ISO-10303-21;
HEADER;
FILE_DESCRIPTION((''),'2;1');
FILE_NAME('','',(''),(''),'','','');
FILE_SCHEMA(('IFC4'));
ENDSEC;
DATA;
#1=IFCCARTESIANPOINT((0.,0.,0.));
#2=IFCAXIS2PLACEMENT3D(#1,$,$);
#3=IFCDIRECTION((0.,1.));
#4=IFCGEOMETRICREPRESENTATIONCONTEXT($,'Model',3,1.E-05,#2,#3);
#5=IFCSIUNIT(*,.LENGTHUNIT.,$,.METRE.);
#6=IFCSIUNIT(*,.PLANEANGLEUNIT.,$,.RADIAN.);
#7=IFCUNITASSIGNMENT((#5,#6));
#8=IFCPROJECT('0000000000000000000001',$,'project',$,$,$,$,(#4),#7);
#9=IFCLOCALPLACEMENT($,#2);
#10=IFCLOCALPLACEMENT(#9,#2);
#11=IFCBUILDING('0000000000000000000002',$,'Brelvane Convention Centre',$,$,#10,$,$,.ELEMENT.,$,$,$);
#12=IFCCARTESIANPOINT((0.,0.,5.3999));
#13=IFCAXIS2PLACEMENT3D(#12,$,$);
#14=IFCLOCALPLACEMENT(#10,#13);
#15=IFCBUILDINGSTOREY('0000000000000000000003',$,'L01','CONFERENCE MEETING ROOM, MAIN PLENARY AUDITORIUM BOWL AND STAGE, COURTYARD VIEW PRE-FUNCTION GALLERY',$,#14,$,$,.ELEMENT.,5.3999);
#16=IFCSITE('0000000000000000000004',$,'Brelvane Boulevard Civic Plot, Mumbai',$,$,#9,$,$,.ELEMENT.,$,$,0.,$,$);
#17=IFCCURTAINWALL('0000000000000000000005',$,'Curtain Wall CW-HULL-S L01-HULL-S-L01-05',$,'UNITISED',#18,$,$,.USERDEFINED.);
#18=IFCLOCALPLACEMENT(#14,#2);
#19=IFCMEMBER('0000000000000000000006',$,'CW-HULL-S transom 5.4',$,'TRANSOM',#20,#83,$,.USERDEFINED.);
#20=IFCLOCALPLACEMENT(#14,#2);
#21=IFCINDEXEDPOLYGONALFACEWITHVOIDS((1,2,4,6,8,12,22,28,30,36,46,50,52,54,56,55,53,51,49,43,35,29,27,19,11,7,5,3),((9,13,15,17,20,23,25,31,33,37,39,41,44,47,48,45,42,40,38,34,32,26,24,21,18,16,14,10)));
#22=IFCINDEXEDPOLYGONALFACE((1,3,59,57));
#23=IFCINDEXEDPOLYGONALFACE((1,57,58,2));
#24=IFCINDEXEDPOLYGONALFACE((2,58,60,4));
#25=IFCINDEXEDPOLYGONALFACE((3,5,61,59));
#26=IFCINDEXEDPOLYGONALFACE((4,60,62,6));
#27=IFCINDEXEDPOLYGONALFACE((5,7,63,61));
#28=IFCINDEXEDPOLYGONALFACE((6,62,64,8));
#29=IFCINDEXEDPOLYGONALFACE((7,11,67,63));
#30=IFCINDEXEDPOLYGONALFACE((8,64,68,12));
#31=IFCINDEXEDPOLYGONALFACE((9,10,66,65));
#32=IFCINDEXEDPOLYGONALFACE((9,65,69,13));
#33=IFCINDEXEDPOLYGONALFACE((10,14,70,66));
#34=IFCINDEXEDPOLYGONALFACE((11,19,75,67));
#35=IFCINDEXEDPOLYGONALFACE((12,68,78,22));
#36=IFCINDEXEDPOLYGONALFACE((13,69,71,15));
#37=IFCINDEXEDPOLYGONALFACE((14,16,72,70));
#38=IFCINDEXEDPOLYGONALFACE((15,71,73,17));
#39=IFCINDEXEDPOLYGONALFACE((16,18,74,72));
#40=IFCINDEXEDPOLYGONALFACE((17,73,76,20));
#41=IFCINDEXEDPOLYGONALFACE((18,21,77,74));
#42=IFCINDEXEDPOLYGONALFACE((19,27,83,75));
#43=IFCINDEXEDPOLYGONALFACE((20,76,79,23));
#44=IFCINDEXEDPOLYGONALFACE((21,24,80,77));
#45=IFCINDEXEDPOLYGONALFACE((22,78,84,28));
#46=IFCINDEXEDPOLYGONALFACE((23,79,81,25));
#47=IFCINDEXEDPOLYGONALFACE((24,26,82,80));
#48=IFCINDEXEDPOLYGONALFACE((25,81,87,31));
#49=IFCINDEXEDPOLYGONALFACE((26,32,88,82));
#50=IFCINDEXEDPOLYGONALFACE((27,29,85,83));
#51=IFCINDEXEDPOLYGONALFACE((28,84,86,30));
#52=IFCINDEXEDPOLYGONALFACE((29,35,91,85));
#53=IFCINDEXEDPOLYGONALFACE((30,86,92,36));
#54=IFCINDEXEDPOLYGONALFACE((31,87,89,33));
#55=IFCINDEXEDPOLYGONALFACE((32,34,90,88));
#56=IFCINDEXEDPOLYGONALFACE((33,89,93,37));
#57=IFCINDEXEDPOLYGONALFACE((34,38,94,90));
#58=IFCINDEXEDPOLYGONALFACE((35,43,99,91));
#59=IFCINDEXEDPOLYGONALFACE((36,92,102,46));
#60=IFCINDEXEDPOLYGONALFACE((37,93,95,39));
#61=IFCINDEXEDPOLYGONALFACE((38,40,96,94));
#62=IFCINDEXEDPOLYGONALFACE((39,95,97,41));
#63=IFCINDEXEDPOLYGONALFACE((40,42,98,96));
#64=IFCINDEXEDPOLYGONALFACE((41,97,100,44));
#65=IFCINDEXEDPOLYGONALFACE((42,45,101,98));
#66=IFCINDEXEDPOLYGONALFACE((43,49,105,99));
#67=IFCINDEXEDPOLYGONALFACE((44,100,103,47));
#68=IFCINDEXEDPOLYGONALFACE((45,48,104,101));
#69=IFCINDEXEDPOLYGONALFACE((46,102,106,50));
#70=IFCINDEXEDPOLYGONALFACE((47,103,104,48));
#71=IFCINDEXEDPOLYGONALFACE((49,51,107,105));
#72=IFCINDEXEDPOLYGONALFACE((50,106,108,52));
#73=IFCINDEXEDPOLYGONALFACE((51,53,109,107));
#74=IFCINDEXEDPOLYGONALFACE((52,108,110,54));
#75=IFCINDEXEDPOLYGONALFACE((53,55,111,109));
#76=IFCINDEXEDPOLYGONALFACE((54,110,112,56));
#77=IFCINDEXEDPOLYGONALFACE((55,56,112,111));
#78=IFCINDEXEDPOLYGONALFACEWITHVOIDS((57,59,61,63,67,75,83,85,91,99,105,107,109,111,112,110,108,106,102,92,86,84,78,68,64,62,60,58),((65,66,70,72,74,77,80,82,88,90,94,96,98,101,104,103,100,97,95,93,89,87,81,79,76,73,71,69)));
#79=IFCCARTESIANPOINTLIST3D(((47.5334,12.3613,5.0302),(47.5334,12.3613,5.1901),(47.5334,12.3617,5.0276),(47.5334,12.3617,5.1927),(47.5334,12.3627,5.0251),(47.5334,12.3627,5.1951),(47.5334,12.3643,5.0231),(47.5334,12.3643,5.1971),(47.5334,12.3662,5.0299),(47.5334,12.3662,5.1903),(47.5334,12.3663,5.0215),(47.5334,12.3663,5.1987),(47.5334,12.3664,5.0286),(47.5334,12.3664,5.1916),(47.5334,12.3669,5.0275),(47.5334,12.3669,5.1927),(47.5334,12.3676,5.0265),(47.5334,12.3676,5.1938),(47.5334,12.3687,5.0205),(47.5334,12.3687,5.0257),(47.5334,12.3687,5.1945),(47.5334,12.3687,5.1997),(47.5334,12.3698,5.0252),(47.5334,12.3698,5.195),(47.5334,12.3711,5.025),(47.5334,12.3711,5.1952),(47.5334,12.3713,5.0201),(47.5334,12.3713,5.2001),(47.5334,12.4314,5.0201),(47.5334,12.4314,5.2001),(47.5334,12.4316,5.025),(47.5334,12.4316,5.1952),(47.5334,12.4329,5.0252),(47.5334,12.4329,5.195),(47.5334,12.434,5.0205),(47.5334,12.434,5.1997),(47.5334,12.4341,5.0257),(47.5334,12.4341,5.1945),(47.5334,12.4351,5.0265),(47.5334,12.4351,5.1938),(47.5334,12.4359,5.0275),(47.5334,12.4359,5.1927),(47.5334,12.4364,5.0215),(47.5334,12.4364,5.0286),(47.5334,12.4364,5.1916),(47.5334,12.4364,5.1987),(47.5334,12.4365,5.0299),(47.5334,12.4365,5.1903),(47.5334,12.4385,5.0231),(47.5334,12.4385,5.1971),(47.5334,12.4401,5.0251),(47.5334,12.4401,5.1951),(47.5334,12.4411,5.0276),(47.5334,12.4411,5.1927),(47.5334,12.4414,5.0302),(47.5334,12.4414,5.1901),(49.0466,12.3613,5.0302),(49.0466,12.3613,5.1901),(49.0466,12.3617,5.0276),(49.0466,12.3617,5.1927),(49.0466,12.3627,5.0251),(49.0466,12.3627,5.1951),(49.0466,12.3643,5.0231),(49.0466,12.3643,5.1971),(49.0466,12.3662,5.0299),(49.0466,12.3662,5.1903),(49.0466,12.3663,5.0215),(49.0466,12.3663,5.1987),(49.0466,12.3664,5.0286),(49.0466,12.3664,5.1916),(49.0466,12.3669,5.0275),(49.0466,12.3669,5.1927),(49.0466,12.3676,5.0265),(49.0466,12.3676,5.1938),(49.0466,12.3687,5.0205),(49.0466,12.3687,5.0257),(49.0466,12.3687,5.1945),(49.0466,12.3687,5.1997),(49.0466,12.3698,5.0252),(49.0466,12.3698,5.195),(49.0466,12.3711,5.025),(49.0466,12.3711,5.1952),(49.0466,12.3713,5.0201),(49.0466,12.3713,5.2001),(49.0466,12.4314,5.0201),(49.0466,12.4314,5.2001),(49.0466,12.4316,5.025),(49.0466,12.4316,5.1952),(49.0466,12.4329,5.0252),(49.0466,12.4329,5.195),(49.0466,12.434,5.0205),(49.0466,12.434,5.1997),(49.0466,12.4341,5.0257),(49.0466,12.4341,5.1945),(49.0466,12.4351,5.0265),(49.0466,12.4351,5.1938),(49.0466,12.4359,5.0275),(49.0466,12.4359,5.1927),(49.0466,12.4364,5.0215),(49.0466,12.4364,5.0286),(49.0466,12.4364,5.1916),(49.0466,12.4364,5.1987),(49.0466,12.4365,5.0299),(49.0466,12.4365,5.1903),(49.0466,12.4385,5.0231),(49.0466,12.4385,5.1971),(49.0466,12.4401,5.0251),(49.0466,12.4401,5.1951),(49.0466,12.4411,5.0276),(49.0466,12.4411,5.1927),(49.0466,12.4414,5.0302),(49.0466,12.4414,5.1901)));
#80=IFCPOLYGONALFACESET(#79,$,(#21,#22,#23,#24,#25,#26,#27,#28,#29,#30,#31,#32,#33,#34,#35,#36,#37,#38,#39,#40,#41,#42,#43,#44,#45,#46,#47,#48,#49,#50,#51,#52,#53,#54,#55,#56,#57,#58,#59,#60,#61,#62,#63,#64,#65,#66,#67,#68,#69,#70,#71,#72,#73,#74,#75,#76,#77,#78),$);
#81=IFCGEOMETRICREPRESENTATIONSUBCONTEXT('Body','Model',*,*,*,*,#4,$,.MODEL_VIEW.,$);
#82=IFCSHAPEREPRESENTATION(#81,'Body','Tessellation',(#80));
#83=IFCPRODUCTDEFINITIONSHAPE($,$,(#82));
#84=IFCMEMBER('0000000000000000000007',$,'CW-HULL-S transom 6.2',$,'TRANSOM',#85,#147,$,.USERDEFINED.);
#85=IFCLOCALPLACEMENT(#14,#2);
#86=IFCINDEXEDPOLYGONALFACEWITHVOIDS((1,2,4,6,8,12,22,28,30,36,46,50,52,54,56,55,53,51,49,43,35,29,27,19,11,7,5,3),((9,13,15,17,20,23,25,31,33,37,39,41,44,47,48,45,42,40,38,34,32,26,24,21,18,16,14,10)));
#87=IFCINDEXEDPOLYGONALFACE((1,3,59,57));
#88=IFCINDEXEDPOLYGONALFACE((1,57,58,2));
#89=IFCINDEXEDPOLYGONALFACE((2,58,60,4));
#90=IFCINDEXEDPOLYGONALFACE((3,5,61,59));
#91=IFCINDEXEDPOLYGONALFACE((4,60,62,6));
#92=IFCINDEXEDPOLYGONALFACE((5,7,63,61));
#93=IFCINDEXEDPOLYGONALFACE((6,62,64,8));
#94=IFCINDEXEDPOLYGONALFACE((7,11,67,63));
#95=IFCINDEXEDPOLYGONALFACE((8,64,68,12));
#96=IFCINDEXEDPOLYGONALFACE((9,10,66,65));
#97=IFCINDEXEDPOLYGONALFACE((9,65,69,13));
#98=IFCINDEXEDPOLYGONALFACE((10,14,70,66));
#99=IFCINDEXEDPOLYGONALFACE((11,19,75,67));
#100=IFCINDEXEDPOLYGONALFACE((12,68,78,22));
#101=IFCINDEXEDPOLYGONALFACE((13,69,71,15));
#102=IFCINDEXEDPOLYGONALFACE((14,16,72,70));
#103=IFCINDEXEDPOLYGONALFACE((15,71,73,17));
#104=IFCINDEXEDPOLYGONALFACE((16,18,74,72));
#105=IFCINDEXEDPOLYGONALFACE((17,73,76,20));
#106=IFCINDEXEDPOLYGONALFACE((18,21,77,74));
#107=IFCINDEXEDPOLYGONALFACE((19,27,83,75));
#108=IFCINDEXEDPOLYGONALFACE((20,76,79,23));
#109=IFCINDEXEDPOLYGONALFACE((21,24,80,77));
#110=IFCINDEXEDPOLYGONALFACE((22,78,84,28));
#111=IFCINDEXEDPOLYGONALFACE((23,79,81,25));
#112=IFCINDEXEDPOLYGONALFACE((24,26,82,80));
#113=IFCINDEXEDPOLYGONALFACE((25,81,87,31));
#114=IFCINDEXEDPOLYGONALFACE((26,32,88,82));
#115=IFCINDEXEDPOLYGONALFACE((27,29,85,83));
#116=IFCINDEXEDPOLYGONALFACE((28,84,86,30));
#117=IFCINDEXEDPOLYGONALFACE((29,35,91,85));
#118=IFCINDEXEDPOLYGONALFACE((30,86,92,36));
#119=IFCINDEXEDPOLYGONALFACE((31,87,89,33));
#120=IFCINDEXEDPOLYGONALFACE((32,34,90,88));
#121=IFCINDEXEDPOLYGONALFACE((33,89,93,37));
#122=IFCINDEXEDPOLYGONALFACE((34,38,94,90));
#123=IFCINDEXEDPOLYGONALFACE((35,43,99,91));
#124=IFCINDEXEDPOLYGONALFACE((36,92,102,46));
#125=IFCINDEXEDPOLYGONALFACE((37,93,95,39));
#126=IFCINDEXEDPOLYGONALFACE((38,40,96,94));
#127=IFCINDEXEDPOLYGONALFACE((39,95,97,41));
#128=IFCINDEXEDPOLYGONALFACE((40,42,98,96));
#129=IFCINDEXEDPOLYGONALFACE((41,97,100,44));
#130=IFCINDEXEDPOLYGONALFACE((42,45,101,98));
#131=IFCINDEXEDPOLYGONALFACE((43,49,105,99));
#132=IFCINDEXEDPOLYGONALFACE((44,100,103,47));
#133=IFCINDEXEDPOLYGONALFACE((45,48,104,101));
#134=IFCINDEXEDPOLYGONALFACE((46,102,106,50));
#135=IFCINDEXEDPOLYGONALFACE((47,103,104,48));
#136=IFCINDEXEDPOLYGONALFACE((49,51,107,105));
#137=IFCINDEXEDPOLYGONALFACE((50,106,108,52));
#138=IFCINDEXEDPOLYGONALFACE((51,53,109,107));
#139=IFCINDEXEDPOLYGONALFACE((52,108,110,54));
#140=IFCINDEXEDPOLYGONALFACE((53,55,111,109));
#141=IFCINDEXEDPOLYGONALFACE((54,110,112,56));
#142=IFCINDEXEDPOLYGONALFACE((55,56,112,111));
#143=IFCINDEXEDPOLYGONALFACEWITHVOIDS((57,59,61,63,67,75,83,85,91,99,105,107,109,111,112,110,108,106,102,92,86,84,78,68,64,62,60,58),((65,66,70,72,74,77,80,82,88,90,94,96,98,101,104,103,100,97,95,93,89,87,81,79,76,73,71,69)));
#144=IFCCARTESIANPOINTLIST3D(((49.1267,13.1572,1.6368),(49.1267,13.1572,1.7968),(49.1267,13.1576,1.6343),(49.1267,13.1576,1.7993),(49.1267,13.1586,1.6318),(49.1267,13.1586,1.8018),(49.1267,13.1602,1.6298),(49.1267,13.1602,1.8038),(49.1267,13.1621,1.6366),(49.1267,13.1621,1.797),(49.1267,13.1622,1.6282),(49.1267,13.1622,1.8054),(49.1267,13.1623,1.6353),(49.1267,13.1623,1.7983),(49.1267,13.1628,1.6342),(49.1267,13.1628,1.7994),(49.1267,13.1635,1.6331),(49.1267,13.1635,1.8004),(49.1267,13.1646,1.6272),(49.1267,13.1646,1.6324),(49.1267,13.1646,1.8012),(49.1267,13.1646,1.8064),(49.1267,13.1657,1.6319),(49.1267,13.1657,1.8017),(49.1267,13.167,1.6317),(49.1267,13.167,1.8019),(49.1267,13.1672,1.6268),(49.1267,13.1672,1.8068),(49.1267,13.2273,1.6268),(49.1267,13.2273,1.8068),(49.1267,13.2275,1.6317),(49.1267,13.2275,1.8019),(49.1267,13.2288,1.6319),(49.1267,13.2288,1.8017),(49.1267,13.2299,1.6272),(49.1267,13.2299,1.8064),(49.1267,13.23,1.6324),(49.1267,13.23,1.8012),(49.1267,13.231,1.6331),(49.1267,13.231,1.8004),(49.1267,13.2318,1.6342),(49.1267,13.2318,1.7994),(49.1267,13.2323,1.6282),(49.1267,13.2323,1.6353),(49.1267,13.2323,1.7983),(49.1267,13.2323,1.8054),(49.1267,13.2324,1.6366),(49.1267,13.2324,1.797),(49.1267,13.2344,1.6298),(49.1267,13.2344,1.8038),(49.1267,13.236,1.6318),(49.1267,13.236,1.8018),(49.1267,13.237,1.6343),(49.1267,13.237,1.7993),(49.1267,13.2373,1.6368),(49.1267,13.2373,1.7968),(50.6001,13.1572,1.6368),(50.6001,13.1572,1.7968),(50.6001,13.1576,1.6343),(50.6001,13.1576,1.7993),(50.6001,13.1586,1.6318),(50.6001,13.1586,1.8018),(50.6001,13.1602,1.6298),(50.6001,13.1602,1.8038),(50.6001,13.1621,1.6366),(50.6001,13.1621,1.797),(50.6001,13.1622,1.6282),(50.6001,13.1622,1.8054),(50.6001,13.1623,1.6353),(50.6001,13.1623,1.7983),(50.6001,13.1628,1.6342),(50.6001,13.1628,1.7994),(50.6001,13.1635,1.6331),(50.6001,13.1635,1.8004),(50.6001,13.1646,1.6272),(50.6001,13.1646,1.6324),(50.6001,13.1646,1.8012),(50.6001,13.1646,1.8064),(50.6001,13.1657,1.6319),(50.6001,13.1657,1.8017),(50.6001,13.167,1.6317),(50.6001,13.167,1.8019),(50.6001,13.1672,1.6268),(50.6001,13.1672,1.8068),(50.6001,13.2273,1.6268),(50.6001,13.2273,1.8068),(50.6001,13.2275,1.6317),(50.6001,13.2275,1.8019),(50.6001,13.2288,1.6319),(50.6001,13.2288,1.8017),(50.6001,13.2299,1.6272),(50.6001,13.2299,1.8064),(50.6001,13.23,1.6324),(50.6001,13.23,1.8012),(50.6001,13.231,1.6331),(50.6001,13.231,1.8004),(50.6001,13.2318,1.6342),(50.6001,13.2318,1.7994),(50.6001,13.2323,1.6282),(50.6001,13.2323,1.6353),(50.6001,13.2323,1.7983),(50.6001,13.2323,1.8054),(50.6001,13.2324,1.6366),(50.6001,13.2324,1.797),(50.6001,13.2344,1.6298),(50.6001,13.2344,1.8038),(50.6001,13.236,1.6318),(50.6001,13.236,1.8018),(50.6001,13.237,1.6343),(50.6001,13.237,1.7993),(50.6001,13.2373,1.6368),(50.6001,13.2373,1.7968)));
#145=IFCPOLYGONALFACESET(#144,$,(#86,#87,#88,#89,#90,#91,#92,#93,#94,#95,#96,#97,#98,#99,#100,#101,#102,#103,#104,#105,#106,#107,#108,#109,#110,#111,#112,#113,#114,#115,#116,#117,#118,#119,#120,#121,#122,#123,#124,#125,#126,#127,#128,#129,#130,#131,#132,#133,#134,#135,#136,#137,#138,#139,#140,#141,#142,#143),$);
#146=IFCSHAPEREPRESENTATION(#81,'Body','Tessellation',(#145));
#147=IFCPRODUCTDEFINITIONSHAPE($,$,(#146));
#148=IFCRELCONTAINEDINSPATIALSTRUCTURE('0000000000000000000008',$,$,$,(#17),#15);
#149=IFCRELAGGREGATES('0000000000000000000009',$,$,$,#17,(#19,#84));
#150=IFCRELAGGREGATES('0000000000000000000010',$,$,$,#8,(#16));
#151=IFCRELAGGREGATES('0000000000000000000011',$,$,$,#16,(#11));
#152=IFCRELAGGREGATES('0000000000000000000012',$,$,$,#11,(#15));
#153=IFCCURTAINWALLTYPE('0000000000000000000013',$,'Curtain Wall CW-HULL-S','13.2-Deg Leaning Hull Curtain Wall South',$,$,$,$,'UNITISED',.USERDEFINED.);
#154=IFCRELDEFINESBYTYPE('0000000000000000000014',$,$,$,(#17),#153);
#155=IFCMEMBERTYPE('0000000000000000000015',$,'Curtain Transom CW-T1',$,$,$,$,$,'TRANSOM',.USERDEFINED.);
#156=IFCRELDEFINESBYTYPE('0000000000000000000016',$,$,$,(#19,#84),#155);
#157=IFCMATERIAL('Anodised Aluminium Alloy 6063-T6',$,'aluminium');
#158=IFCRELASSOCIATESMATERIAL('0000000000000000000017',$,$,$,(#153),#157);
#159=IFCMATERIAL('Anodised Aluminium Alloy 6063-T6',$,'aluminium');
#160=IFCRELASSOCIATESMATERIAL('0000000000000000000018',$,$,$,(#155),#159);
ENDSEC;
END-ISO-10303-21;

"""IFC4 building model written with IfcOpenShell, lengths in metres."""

from ifc_helpers import new_model, si_unit, direction, frame, origin, origin_2d, place, context, subcontext, project, spatial, hollow_rectangle, extrude, material, material_profile, profile_set, type_object, element, aggregate, save


model = new_model("IFC4")

# Units and contexts
model_context = context("Model", 3, precision=1e-05, world=origin(), true_north=direction((0.0, 1.0)))
body_context = subcontext(model_context, "Body", "Model", "MODEL_VIEW")
ifc_project = project(units=[si_unit("LENGTHUNIT", "METRE"), si_unit("PLANEANGLEUNIT", "RADIAN")], contexts=[model_context])

# Site, building, storey
site_placement = place(None, origin())
site = spatial("IfcSite", under=ifc_project, at=site_placement, Name="Brelvane Boulevard Civic Plot, Mumbai", CompositionType="ELEMENT", RefElevation=0.0)
building_placement = place(site_placement, origin())
building = spatial("IfcBuilding", under=site, at=building_placement, Name="Brelvane Convention Centre", CompositionType="ELEMENT")
storey_placement = place(building_placement, frame((0.0, 0.0, 5.3999)))
storey = spatial("IfcBuildingStorey", under=building, at=storey_placement, Name="L01", Description="CONFERENCE MEETING ROOM, MAIN PLENARY AUDITORIUM BOWL AND STAGE, COURTYARD VIEW PRE-FUNCTION GALLERY", CompositionType="ELEMENT", Elevation=5.3999)

# Curtain wall, members
ifc_material_1 = material(Name="Anodised Aluminium Alloy 6063-T6", Category="aluminium")
curtain_wall_type = type_object("IfcCurtainWallType", Name="Curtain Wall CW-HULL-S", Description="13.2-Deg Leaning Hull Curtain Wall South", ElementType="UNITISED", PredefinedType="USERDEFINED", material=ifc_material_1)
curtain_wall_1_placement = place(storey_placement, origin())
curtain_wall_1 = element("IfcCurtainWall", 1, at=curtain_wall_1_placement, inside=storey, type_object=curtain_wall_type, Name="Curtain Wall CW-HULL-S L01-HULL-S-L01-05", ObjectType="UNITISED", PredefinedType="USERDEFINED")
ifc_material_2 = material(Name="Anodised Aluminium Alloy 6063-T6", Category="aluminium")
ifc_material_profile = material_profile(ifc_material_2, hollow_rectangle(XDim=0.0801, YDim=0.1799, WallThickness=0.0049, InnerFilletRadius=0.0049, OuterFilletRadius=0.01, at=origin_2d()), Name="ALU-T 180x80x5.0")
ifc_profile_set = profile_set([ifc_material_profile], Name="Anodised Aluminium Alloy 6063-T6")
member_type = type_object("IfcMemberType", Name="Curtain Transom CW-T1", ElementType="TRANSOM", PredefinedType="USERDEFINED", material=ifc_profile_set)
member_1_placement = place(storey_placement, frame((47.5334, 12.4014, 5.1101), z_axis=(1.0, 0.0, 0.0), x_axis=(0.0, 1.0, 0.0)))
member_1 = element("IfcMember", 2, at=member_1_placement, type_object=member_type, Name="CW-HULL-S transom 5.4", ObjectType="TRANSOM", PredefinedType="USERDEFINED", context=body_context, shape_type="SweptSolid", body=[
    extrude(hollow_rectangle(XDim=0.0801, YDim=0.1799, WallThickness=0.0049, InnerFilletRadius=0.0049, OuterFilletRadius=0.01, at=origin_2d()), origin(), (0.0, 0.0, 1.0), 1.5132),
])
member_2_placement = place(storey_placement, frame((49.1267, 13.1973, 1.7168), z_axis=(1.0, 0.0, 0.0), x_axis=(0.0, 1.0, 0.0)))
member_2 = element("IfcMember", 3, at=member_2_placement, type_object=member_type, Name="CW-HULL-S transom 6.2", ObjectType="TRANSOM", PredefinedType="USERDEFINED", context=body_context, shape_type="SweptSolid", body=[
    extrude(hollow_rectangle(XDim=0.0801, YDim=0.1799, WallThickness=0.0049, InnerFilletRadius=0.0049, OuterFilletRadius=0.01, at=origin_2d()), origin(), (0.0, 0.0, 1.0), 1.4734),
])

aggregate(curtain_wall_1, [member_1, member_2])

save(model, "model.ifc")
